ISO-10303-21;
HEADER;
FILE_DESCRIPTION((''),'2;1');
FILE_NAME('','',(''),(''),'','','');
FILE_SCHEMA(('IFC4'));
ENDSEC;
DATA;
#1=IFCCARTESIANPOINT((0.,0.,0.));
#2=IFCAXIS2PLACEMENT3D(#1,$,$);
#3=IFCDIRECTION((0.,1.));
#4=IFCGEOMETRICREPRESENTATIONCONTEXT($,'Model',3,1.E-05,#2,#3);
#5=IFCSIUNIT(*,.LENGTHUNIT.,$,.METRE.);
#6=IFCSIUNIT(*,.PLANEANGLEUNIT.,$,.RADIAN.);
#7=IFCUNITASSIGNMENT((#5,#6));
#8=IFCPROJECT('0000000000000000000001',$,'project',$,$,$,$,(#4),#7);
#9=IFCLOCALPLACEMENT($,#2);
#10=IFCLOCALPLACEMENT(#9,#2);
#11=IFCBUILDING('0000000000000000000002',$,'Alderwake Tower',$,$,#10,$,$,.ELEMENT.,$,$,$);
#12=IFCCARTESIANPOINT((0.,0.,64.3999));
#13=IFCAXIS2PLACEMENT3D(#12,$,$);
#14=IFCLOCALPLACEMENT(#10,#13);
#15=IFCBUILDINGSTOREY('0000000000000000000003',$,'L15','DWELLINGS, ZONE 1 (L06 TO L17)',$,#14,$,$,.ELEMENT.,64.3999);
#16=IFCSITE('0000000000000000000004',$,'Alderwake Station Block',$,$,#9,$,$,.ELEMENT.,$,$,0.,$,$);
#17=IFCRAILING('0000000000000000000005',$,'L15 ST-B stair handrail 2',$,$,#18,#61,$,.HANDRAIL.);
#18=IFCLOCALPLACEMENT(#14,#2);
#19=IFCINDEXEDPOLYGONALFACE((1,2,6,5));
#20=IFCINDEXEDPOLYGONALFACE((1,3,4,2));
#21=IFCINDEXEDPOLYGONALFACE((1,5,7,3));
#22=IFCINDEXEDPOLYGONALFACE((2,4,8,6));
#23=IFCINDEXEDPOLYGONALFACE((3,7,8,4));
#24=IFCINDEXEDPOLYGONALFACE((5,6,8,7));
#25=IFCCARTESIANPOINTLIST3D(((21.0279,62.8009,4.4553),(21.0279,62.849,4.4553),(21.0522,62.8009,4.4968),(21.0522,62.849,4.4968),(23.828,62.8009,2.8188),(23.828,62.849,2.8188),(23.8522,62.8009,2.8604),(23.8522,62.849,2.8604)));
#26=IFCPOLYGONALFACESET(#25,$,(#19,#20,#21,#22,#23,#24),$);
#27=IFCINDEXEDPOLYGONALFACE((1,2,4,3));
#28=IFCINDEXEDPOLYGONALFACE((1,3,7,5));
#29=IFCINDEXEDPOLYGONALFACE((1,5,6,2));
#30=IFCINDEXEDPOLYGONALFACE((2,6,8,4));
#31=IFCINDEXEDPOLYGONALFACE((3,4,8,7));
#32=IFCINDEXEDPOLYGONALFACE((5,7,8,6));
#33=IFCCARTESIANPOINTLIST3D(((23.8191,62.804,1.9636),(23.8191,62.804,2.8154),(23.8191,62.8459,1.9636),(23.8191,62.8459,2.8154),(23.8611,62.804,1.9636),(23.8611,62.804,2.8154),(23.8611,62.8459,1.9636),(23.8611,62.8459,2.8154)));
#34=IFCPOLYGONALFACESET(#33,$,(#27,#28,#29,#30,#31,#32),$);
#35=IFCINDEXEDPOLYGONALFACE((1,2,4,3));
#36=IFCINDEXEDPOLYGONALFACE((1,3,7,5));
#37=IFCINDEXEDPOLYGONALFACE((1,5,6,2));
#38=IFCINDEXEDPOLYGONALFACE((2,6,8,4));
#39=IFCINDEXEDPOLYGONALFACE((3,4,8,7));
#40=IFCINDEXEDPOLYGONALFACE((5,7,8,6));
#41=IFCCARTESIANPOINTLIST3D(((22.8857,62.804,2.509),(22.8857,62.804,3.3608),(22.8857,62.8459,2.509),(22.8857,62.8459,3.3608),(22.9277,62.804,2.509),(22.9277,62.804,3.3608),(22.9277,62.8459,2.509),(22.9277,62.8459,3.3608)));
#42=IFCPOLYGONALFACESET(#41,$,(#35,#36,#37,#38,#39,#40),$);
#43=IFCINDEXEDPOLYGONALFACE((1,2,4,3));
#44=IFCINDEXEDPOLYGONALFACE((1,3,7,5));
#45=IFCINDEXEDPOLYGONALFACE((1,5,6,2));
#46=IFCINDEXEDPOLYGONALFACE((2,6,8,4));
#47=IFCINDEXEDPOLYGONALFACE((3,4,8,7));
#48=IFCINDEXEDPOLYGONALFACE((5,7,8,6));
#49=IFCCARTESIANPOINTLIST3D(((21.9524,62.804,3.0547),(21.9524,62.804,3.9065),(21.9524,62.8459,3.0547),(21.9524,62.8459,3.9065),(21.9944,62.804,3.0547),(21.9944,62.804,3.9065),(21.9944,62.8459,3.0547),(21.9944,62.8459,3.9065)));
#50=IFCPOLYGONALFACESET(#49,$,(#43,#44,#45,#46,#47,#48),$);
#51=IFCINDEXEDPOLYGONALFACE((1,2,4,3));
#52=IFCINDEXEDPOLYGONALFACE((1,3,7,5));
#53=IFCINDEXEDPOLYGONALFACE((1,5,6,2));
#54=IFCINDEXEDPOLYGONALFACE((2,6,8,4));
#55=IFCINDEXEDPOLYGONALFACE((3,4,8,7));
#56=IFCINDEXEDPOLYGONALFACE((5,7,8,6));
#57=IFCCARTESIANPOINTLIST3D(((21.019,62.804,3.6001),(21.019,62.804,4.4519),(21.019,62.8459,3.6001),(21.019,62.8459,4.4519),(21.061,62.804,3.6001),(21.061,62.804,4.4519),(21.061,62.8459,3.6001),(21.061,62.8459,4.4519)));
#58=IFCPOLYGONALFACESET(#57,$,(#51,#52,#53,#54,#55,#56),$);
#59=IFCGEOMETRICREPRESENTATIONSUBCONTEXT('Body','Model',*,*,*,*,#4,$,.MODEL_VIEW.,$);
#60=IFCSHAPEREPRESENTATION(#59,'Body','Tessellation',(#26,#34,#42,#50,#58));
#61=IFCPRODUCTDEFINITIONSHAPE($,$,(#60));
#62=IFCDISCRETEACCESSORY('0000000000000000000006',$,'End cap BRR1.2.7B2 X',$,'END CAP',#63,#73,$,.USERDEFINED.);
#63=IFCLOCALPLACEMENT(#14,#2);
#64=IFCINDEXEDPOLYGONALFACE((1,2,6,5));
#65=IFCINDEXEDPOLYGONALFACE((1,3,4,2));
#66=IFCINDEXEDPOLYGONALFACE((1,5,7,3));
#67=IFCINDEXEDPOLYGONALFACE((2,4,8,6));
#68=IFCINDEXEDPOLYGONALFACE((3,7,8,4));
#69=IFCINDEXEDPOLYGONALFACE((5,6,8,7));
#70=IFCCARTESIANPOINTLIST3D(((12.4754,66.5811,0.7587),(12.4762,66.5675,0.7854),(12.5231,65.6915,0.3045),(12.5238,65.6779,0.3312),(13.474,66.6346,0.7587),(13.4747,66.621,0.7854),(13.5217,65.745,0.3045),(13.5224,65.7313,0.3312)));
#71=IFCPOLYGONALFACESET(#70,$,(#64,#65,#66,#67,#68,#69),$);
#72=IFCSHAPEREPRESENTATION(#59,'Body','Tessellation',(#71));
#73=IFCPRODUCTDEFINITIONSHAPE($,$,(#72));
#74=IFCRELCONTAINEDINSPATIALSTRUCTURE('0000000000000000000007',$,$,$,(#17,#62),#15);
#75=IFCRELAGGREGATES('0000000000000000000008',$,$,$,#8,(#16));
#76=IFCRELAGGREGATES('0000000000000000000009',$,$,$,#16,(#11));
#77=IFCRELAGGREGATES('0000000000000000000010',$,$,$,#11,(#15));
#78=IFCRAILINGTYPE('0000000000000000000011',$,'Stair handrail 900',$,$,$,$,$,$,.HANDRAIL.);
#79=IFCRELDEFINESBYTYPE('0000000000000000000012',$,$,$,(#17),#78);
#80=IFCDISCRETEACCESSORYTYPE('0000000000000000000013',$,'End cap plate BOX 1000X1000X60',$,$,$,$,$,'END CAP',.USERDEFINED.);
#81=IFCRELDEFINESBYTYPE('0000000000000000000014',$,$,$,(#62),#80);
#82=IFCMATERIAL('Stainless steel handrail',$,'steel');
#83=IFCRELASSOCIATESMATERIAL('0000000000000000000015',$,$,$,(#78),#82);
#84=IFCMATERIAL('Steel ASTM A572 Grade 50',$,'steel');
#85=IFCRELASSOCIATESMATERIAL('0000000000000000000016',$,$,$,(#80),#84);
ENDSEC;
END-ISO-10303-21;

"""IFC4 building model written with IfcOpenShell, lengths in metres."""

from ifc_helpers import new_model, si_unit, direction, frame, origin, origin_2d, place, context, subcontext, project, spatial, rectangle, extrude, material, material_profile, profile_set, type_object, element, save


model = new_model("IFC4")

# Units and contexts
model_context = context("Model", 3, precision=1e-05, world=origin(), true_north=direction((0.0, 1.0)))
body_context = subcontext(model_context, "Body", "Model", "MODEL_VIEW")
ifc_project = project(units=[si_unit("LENGTHUNIT", "METRE"), si_unit("PLANEANGLEUNIT", "RADIAN")], contexts=[model_context])

# Site, building, storey
site_placement = place(None, origin())
site = spatial("IfcSite", under=ifc_project, at=site_placement, Name="Alderwake Station Block", CompositionType="ELEMENT", RefElevation=0.0)
building_placement = place(site_placement, origin())
building = spatial("IfcBuilding", under=site, at=building_placement, Name="Alderwake Tower", CompositionType="ELEMENT")
storey_placement = place(building_placement, frame((0.0, 0.0, 64.3999)))
storey = spatial("IfcBuildingStorey", under=building, at=storey_placement, Name="L15", Description="DWELLINGS, ZONE 1 (L06 TO L17)", CompositionType="ELEMENT", Elevation=64.3999)

# Railing
ifc_material_1 = material(Name="Stainless steel handrail", Category="steel")
railing_type_1 = type_object("IfcRailingType", Name="Stair handrail 900", PredefinedType="HANDRAIL", material=ifc_material_1)
railing_1_placement = place(storey_placement, frame((23.8401, 62.825, 1.9636)))
element("IfcRailing", 1, at=railing_1_placement, inside=storey, type_object=railing_type_1, Name="L15 ST-B stair handrail 2", PredefinedType="HANDRAIL", context=body_context, shape_type="SweptSolid", body=[
    extrude(rectangle(XDim=0.0481, YDim=0.0481, at=origin_2d()), frame((0.0, 0.0, 0.876), z_axis=(-0.863361, 0.0, 0.504587), x_axis=(0.0, -1.0, 0.0)), (0.0, 0.0, 1.0), 3.2432),
    extrude(rectangle(XDim=0.042, YDim=0.042, at=origin_2d()), frame((0.0, 0.0, 0.0), z_axis=(0.0, 0.0, 1.0), x_axis=(-1.0, 0.0, 0.0)), (0.0, 0.0, 1.0), 0.8518),
    extrude(rectangle(XDim=0.042, YDim=0.042, at=origin_2d()), frame((-0.9333, 0.0, 0.5454), z_axis=(0.0, 0.0, 1.0), x_axis=(-1.0, 0.0, 0.0)), (0.0, 0.0, 1.0), 0.8518),
    extrude(rectangle(XDim=0.042, YDim=0.042, at=origin_2d()), frame((-1.8667, 0.0, 1.0911), z_axis=(0.0, 0.0, 1.0), x_axis=(-1.0, 0.0, 0.0)), (0.0, 0.0, 1.0), 0.8518),
    extrude(rectangle(XDim=0.042, YDim=0.042, at=origin_2d()), frame((-2.8, 0.0, 1.6365), z_axis=(0.0, 0.0, 1.0), x_axis=(-1.0, 0.0, 0.0)), (0.0, 0.0, 1.0), 0.8518),
])

# Discrete accessory
ifc_material_2 = material(Name="Steel ASTM A572 Grade 50", Category="steel")
ifc_material_profile_1 = material_profile(ifc_material_2, rectangle(XDim=1.0, YDim=1.0, at=origin_2d()), Name="BOX 1000X1000X60 cap")
ifc_profile_set_1 = profile_set([ifc_material_profile_1], Name="Steel ASTM A572 Grade 50")
discrete_accessory_type = type_object("IfcDiscreteAccessoryType", Name="End cap plate BOX 1000X1000X60", ElementType="END CAP", PredefinedType="USERDEFINED", material=ifc_profile_set_1)
discrete_accessory_placement = place(storey_placement, frame((12.9993, 66.1494, 0.5583), z_axis=(-0.024297, 0.453549, -0.8909), x_axis=(-0.998568, -0.053495, 0.0)))
element("IfcDiscreteAccessory", 2, at=discrete_accessory_placement, inside=storey, type_object=discrete_accessory_type, Name="End cap BRR1.2.7B2 X", ObjectType="END CAP", PredefinedType="USERDEFINED", context=body_context, shape_type="SweptSolid", body=[
    extrude(rectangle(XDim=1.0, YDim=1.0, at=origin_2d()), origin(), (0.0, 0.0, 1.0), 0.03),
])

save(model, "model.ifc")
